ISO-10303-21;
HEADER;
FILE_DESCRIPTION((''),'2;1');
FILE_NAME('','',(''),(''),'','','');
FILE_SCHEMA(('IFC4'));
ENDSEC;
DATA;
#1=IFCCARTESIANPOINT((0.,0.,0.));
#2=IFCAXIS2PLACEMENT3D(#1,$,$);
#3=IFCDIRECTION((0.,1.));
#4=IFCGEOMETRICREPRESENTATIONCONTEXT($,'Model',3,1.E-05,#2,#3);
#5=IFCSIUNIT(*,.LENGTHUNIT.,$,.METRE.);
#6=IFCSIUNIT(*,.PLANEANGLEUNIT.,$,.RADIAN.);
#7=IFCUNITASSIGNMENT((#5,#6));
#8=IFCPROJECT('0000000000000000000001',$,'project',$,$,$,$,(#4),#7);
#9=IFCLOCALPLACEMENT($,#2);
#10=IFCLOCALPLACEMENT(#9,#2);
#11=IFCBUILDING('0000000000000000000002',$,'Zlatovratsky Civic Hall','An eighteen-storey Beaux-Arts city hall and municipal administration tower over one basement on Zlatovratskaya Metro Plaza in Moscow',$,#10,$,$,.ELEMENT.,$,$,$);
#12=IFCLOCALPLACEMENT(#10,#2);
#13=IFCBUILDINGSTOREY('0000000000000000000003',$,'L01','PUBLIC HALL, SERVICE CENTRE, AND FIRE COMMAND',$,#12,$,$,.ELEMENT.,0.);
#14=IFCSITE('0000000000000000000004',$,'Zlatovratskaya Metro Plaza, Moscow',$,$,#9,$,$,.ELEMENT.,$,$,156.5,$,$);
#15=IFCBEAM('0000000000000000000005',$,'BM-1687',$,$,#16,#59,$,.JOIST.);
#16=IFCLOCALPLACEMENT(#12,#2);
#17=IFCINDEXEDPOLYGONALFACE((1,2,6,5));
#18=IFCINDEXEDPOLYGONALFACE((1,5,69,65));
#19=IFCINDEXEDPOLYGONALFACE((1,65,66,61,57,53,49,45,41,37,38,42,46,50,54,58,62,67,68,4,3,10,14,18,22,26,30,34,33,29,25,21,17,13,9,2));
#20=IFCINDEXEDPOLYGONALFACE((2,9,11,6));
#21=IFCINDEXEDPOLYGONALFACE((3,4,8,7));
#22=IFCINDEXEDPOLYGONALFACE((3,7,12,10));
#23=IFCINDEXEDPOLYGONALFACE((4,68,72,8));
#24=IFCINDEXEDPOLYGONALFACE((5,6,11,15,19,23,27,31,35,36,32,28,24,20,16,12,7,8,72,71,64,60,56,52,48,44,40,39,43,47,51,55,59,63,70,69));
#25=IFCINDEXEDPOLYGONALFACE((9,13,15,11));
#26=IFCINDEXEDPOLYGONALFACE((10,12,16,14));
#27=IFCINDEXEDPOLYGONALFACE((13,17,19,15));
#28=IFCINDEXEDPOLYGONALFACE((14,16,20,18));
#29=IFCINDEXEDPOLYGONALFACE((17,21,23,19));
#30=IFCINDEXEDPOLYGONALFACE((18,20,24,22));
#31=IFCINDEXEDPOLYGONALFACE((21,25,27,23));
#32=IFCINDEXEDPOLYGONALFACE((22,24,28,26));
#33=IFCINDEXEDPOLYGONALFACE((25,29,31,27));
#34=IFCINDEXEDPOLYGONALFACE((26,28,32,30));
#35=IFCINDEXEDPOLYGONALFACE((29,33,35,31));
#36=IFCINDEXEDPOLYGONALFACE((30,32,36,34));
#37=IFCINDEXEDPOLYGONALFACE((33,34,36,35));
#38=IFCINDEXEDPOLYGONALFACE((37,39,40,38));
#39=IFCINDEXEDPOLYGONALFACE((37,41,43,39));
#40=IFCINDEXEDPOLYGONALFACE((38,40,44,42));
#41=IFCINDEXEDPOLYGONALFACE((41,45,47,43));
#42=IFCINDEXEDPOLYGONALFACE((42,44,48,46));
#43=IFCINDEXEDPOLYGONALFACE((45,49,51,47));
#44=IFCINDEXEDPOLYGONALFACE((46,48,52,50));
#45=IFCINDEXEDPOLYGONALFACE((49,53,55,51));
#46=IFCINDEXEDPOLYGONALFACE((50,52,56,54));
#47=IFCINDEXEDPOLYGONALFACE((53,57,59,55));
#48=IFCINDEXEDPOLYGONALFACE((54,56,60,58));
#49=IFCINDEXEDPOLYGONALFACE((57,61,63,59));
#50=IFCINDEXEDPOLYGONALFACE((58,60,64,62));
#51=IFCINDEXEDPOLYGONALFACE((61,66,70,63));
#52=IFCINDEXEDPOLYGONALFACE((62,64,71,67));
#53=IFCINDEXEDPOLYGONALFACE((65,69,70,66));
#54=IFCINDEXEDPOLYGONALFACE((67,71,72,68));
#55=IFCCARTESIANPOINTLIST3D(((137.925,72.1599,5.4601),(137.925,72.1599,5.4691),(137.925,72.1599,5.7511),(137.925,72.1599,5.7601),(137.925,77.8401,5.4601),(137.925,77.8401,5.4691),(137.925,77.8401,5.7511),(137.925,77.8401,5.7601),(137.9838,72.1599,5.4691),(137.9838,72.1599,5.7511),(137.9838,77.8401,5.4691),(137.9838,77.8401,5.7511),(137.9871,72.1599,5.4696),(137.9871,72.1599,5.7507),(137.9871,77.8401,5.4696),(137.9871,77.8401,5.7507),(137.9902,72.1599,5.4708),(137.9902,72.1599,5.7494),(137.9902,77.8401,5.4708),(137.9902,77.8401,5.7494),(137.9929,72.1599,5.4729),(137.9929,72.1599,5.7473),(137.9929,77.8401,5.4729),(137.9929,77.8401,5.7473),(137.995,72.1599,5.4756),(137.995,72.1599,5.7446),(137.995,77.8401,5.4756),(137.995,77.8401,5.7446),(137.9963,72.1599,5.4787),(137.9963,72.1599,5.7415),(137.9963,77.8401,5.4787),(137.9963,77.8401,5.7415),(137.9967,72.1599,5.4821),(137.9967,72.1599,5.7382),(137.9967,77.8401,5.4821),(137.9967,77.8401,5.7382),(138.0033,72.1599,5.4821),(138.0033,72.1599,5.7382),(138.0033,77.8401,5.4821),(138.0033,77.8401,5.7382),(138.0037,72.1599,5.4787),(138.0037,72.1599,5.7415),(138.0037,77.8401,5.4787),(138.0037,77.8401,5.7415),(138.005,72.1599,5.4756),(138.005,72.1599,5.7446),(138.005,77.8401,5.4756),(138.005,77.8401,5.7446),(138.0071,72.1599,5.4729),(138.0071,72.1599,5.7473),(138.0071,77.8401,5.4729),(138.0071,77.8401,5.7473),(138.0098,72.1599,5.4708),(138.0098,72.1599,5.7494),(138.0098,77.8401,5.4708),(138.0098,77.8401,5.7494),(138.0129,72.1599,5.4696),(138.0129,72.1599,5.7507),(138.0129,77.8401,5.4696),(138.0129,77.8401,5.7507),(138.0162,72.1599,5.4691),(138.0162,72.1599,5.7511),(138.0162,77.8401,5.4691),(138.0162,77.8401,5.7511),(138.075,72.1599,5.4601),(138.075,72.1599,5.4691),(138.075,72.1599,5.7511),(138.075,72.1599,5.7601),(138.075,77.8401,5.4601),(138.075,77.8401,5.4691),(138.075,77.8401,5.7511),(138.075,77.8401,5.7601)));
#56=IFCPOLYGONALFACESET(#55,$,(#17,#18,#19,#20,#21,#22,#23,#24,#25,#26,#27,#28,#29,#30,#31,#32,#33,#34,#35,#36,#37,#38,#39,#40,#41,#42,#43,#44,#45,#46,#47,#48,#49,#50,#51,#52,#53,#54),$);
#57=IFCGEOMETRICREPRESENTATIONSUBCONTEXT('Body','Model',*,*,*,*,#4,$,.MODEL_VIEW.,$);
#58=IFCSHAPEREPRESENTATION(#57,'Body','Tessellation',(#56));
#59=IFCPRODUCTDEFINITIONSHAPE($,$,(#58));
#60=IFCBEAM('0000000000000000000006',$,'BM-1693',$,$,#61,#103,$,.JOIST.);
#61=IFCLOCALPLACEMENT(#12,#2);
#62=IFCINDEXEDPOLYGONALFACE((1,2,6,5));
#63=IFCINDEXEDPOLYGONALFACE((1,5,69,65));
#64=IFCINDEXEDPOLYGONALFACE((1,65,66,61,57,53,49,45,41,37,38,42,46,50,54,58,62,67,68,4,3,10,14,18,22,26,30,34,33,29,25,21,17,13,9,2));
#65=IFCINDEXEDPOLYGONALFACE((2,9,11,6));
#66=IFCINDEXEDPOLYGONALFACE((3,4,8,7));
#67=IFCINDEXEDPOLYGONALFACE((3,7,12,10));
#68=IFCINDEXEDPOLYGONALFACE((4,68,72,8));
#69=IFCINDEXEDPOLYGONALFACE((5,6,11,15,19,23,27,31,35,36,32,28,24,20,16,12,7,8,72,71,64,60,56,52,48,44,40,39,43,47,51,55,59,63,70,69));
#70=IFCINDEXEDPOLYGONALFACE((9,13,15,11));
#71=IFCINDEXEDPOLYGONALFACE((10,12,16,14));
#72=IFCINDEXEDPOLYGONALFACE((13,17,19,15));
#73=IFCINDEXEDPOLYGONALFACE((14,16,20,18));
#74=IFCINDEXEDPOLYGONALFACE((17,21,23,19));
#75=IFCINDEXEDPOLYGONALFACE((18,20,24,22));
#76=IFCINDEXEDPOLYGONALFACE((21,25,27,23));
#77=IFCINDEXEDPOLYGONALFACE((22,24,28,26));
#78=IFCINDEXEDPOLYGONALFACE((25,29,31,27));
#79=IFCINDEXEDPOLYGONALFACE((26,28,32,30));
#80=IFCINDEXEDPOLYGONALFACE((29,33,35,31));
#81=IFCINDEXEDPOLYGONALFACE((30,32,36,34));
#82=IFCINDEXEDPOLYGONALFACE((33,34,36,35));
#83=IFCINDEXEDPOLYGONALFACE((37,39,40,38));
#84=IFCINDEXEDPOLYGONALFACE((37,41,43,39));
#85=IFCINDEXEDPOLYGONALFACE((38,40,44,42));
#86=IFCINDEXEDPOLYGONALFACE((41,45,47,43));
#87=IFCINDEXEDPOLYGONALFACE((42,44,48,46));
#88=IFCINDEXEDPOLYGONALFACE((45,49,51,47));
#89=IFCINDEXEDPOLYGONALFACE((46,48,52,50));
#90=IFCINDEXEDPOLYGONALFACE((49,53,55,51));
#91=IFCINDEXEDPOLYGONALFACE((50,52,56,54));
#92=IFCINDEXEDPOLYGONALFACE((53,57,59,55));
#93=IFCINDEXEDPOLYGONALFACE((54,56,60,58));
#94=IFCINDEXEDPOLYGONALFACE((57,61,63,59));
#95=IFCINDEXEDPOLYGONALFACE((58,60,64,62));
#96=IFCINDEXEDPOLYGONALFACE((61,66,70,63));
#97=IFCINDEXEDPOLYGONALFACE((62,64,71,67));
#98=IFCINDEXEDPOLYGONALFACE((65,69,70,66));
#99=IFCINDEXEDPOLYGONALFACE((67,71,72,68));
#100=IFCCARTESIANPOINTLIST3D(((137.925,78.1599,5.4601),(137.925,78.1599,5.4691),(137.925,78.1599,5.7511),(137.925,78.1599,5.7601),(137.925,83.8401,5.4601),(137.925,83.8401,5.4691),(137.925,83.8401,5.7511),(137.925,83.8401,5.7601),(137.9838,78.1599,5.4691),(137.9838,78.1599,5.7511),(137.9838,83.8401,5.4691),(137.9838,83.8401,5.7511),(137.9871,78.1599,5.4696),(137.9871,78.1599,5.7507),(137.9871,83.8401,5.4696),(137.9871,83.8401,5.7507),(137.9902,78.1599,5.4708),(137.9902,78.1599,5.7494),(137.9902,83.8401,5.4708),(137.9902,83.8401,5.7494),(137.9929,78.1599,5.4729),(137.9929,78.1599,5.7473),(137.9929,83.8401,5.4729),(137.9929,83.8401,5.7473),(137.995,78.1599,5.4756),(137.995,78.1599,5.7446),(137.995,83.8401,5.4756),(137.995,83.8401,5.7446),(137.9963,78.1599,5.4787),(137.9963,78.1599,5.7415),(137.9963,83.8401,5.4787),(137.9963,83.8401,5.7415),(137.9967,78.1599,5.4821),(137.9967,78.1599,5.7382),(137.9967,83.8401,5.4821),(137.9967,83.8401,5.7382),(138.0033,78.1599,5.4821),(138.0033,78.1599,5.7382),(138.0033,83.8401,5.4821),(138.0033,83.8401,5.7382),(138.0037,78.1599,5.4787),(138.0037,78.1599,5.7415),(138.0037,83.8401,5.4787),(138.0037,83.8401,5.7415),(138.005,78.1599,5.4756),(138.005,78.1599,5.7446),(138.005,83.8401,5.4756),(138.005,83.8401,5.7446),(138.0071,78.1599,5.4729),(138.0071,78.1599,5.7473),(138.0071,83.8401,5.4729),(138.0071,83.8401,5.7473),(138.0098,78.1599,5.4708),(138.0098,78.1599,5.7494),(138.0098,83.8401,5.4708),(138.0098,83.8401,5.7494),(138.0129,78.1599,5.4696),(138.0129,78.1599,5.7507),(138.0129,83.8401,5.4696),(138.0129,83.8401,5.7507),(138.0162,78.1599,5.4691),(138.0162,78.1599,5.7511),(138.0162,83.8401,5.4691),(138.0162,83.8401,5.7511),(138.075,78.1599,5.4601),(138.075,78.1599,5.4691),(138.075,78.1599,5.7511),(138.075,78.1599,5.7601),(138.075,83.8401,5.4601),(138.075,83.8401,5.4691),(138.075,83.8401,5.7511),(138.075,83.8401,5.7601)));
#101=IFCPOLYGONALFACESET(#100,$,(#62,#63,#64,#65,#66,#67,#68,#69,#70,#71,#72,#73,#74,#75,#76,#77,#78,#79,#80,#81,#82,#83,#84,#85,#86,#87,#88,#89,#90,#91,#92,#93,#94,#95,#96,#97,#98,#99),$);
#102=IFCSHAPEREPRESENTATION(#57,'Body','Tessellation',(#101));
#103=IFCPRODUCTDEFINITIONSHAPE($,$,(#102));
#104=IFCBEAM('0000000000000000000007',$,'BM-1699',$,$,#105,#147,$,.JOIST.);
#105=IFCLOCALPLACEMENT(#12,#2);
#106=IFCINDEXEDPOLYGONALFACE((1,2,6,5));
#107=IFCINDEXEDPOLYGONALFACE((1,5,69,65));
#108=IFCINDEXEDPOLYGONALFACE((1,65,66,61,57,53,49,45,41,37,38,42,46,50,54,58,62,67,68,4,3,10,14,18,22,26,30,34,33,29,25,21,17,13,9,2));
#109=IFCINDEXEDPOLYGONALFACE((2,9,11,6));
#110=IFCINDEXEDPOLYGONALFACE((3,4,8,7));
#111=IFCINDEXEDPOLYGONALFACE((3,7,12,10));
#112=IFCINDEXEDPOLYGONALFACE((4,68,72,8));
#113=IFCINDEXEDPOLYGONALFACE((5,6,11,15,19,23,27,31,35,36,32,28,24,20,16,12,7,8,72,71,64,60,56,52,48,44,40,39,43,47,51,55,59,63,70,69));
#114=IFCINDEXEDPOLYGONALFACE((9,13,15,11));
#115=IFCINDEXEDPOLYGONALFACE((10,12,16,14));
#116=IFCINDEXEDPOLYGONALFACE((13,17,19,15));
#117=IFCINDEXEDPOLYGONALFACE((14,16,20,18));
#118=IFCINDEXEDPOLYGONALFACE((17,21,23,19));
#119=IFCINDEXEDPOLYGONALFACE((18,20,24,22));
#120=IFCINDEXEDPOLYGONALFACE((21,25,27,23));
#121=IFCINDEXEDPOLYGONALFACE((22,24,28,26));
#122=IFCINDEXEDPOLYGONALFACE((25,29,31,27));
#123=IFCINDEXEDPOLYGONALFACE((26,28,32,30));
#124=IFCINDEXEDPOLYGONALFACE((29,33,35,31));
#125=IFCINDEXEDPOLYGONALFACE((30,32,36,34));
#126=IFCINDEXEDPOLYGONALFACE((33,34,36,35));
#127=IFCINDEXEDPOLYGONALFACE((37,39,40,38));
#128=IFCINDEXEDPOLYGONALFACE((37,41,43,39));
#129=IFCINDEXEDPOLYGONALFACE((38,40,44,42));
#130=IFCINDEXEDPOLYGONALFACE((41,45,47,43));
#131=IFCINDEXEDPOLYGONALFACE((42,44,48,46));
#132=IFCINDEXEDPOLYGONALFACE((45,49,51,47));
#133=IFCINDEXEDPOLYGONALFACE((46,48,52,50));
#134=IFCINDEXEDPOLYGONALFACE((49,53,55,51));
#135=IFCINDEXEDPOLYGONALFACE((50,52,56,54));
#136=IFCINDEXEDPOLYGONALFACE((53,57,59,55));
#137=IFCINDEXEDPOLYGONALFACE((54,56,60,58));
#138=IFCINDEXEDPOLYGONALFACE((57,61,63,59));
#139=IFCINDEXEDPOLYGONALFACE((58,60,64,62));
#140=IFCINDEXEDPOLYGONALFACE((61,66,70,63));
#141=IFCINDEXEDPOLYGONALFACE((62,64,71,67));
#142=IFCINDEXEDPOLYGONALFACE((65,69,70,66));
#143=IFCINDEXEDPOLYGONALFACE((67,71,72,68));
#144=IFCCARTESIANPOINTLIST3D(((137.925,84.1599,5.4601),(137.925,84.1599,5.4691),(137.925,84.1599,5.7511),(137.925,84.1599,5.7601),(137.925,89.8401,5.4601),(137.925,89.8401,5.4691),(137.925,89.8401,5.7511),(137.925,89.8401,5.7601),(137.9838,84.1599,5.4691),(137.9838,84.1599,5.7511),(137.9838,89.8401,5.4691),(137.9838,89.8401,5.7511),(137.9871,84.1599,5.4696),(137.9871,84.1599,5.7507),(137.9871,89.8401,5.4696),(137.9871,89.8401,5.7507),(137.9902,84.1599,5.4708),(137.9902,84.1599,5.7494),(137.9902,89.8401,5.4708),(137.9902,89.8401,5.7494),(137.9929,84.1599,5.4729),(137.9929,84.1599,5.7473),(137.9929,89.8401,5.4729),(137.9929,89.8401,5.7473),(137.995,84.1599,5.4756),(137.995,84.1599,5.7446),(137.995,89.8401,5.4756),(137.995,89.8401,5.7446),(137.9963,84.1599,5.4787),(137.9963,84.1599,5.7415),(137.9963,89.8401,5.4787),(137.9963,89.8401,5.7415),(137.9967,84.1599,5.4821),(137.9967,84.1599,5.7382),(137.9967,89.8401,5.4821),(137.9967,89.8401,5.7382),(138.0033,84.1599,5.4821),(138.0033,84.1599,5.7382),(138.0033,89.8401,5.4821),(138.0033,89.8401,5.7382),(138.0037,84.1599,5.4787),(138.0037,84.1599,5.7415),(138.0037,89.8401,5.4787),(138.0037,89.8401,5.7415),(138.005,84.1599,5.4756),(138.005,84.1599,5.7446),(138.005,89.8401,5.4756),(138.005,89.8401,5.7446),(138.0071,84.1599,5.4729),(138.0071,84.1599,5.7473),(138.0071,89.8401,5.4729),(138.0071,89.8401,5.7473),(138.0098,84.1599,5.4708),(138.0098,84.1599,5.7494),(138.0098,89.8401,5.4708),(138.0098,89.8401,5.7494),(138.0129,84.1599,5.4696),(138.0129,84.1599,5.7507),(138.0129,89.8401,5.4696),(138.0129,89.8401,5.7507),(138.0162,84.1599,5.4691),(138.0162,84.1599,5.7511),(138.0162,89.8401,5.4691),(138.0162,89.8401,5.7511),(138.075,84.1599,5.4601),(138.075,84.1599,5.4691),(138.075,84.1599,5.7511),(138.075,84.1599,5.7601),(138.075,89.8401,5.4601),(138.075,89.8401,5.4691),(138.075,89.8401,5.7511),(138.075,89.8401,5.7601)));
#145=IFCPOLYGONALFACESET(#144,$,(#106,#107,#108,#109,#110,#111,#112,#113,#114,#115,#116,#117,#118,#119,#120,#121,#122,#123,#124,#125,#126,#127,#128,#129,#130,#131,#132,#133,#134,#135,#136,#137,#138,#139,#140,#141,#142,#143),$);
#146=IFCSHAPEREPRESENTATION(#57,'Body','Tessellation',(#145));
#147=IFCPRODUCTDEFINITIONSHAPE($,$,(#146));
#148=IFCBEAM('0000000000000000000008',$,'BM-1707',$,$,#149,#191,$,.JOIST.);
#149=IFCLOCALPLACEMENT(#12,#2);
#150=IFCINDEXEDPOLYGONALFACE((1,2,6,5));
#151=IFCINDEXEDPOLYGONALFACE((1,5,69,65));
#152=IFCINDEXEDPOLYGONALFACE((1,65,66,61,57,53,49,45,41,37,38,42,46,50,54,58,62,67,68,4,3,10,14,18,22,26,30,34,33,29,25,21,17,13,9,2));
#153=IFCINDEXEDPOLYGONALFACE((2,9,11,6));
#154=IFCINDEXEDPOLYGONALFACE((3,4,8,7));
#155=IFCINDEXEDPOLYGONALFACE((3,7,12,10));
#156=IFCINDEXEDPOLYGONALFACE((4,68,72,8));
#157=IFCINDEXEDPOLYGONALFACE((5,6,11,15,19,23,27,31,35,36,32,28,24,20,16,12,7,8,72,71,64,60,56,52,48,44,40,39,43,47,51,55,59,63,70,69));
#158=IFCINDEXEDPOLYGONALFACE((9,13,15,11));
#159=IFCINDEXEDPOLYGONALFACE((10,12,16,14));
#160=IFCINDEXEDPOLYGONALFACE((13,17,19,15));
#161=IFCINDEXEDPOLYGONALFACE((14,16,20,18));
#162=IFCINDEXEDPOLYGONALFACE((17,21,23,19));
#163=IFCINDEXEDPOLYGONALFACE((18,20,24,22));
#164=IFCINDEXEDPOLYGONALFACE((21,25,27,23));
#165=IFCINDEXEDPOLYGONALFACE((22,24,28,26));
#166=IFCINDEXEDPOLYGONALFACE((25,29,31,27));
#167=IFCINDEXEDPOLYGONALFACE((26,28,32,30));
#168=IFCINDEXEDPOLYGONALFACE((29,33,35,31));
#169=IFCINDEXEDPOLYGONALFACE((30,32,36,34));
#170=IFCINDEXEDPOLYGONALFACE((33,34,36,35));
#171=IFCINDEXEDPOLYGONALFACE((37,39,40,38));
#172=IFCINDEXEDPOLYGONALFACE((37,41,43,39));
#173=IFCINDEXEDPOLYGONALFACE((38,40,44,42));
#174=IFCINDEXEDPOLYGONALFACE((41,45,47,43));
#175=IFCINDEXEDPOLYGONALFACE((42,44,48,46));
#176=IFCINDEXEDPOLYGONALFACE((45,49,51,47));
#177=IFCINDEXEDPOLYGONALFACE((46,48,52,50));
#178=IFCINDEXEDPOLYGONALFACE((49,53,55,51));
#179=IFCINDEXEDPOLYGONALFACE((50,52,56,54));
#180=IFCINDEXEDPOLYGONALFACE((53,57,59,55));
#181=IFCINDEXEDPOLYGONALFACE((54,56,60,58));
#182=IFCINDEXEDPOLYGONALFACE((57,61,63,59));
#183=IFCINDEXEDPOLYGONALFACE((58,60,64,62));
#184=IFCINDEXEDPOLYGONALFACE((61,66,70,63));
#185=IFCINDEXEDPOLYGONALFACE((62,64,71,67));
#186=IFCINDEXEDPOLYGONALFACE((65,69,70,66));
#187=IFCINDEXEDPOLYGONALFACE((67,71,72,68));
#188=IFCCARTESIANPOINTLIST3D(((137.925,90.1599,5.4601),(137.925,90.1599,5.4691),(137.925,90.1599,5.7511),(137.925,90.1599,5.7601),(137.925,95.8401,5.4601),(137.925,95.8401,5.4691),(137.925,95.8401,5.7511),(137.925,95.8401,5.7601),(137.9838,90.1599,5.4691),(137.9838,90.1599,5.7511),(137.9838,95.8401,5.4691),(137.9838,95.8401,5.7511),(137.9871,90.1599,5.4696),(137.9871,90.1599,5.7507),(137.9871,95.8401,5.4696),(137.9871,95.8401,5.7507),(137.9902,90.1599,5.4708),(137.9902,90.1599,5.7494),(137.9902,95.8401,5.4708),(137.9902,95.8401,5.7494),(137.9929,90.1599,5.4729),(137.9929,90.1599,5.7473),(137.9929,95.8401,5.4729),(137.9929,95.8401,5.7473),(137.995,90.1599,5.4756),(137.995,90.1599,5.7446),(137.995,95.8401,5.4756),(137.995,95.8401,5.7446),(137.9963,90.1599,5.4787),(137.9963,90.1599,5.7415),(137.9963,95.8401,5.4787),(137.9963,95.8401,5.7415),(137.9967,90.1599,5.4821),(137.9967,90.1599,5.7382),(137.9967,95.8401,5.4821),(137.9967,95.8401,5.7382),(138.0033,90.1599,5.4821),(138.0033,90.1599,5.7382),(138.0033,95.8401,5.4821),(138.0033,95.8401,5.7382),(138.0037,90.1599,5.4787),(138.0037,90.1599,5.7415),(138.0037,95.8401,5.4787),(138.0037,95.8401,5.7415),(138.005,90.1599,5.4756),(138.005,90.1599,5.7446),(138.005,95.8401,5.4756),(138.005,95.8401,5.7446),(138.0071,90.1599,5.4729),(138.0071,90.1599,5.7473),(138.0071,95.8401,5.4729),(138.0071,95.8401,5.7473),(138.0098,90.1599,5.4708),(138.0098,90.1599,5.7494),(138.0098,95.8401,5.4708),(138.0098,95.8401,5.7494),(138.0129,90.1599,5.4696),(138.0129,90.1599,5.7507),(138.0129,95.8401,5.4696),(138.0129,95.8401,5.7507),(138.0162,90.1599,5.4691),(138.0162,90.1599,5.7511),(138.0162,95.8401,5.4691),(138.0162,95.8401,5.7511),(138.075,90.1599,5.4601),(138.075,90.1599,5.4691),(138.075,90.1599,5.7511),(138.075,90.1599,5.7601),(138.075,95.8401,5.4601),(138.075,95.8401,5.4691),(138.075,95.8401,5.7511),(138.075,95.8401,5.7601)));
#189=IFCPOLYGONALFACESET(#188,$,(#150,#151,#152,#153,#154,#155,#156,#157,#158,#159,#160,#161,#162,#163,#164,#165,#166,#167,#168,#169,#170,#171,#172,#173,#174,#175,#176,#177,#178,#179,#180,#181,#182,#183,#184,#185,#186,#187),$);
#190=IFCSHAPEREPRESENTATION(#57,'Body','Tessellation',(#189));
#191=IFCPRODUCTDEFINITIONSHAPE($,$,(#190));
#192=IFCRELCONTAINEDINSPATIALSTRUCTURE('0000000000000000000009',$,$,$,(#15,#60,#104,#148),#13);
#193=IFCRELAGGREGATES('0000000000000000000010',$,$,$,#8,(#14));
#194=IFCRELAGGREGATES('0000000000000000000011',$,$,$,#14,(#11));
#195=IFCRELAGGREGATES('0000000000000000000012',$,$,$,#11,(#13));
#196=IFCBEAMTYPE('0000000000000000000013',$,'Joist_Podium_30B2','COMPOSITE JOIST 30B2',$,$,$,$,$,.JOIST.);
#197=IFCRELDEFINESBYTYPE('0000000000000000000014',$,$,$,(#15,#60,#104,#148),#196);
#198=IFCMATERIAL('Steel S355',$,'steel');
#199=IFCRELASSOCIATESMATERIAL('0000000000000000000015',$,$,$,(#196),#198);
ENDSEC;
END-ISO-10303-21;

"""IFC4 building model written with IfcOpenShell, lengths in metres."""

from ifc_helpers import new_model, si_unit, direction, frame, origin, origin_2d, place, context, subcontext, project, spatial, i_section, extrude, material, material_profile, profile_set, type_object, element, save


model = new_model("IFC4")

# Units and contexts
model_context = context("Model", 3, precision=1e-05, world=origin(), true_north=direction((0.0, 1.0)))
body_context = subcontext(model_context, "Body", "Model", "MODEL_VIEW")
ifc_project = project(units=[si_unit("LENGTHUNIT", "METRE"), si_unit("PLANEANGLEUNIT", "RADIAN")], contexts=[model_context])

# Site, building, storey
site_placement = place(None, origin())
site = spatial("IfcSite", under=ifc_project, at=site_placement, Name="Zlatovratskaya Metro Plaza, Moscow", CompositionType="ELEMENT", RefElevation=156.5)
building_placement = place(site_placement, origin())
building = spatial("IfcBuilding", under=site, at=building_placement, Name="Zlatovratsky Civic Hall", Description="An eighteen-storey Beaux-Arts city hall and municipal administration tower over one basement on Zlatovratskaya Metro Plaza in Moscow", CompositionType="ELEMENT")
storey_placement = place(building_placement, origin())
storey = spatial("IfcBuildingStorey", under=building, at=storey_placement, Name="L01", Description="PUBLIC HALL, SERVICE CENTRE, AND FIRE COMMAND", CompositionType="ELEMENT", Elevation=0.0)

# Shared definitions
ifc_material_1 = material(Name="Steel S355", Category="steel")

# Beams
ifc_material_profile_1 = material_profile(ifc_material_1, i_section(OverallWidth=0.1499, OverallDepth=0.3, WebThickness=0.0066, FlangeThickness=0.009, FilletRadius=0.0129, at=origin_2d()), Name="30B2")
ifc_profile_set_1 = profile_set([ifc_material_profile_1], Name="Steel S355")
beam_type_1 = type_object("IfcBeamType", Name="Joist_Podium_30B2", Description="COMPOSITE JOIST 30B2", PredefinedType="JOIST", material=ifc_profile_set_1)
for number, where, z_axis, x_axis, name in (
    (1, (138.0, 72.1599, 5.6101), (0.0, 1.0, 0.0), (-1.0, 0.0, 0.0), "BM-1687"),
    (2, (138.0, 78.1599, 5.6101), (0.0, 1.0, 0.0), (-1.0, 0.0, 0.0), "BM-1693"),
    (3, (138.0, 84.1599, 5.6101), (0.0, 1.0, 0.0), (-1.0, 0.0, 0.0), "BM-1699"),
    (4, (138.0, 90.1599, 5.6101), (0.0, 1.0, 0.0), (-1.0, 0.0, 0.0), "BM-1707"),
):
    element("IfcBeam", number, at=place(storey_placement, frame(where, z_axis=z_axis, x_axis=x_axis)), inside=storey, type_object=beam_type_1, Name=name, PredefinedType="JOIST", context=body_context, shape_type="SweptSolid", body=[
        extrude(i_section(OverallWidth=0.1499, OverallDepth=0.3, WebThickness=0.0066, FlangeThickness=0.009, FilletRadius=0.0129, at=origin_2d()), origin(), (0.0, 0.0, 1.0), 5.6802),
    ])

save(model, "model.ifc")
